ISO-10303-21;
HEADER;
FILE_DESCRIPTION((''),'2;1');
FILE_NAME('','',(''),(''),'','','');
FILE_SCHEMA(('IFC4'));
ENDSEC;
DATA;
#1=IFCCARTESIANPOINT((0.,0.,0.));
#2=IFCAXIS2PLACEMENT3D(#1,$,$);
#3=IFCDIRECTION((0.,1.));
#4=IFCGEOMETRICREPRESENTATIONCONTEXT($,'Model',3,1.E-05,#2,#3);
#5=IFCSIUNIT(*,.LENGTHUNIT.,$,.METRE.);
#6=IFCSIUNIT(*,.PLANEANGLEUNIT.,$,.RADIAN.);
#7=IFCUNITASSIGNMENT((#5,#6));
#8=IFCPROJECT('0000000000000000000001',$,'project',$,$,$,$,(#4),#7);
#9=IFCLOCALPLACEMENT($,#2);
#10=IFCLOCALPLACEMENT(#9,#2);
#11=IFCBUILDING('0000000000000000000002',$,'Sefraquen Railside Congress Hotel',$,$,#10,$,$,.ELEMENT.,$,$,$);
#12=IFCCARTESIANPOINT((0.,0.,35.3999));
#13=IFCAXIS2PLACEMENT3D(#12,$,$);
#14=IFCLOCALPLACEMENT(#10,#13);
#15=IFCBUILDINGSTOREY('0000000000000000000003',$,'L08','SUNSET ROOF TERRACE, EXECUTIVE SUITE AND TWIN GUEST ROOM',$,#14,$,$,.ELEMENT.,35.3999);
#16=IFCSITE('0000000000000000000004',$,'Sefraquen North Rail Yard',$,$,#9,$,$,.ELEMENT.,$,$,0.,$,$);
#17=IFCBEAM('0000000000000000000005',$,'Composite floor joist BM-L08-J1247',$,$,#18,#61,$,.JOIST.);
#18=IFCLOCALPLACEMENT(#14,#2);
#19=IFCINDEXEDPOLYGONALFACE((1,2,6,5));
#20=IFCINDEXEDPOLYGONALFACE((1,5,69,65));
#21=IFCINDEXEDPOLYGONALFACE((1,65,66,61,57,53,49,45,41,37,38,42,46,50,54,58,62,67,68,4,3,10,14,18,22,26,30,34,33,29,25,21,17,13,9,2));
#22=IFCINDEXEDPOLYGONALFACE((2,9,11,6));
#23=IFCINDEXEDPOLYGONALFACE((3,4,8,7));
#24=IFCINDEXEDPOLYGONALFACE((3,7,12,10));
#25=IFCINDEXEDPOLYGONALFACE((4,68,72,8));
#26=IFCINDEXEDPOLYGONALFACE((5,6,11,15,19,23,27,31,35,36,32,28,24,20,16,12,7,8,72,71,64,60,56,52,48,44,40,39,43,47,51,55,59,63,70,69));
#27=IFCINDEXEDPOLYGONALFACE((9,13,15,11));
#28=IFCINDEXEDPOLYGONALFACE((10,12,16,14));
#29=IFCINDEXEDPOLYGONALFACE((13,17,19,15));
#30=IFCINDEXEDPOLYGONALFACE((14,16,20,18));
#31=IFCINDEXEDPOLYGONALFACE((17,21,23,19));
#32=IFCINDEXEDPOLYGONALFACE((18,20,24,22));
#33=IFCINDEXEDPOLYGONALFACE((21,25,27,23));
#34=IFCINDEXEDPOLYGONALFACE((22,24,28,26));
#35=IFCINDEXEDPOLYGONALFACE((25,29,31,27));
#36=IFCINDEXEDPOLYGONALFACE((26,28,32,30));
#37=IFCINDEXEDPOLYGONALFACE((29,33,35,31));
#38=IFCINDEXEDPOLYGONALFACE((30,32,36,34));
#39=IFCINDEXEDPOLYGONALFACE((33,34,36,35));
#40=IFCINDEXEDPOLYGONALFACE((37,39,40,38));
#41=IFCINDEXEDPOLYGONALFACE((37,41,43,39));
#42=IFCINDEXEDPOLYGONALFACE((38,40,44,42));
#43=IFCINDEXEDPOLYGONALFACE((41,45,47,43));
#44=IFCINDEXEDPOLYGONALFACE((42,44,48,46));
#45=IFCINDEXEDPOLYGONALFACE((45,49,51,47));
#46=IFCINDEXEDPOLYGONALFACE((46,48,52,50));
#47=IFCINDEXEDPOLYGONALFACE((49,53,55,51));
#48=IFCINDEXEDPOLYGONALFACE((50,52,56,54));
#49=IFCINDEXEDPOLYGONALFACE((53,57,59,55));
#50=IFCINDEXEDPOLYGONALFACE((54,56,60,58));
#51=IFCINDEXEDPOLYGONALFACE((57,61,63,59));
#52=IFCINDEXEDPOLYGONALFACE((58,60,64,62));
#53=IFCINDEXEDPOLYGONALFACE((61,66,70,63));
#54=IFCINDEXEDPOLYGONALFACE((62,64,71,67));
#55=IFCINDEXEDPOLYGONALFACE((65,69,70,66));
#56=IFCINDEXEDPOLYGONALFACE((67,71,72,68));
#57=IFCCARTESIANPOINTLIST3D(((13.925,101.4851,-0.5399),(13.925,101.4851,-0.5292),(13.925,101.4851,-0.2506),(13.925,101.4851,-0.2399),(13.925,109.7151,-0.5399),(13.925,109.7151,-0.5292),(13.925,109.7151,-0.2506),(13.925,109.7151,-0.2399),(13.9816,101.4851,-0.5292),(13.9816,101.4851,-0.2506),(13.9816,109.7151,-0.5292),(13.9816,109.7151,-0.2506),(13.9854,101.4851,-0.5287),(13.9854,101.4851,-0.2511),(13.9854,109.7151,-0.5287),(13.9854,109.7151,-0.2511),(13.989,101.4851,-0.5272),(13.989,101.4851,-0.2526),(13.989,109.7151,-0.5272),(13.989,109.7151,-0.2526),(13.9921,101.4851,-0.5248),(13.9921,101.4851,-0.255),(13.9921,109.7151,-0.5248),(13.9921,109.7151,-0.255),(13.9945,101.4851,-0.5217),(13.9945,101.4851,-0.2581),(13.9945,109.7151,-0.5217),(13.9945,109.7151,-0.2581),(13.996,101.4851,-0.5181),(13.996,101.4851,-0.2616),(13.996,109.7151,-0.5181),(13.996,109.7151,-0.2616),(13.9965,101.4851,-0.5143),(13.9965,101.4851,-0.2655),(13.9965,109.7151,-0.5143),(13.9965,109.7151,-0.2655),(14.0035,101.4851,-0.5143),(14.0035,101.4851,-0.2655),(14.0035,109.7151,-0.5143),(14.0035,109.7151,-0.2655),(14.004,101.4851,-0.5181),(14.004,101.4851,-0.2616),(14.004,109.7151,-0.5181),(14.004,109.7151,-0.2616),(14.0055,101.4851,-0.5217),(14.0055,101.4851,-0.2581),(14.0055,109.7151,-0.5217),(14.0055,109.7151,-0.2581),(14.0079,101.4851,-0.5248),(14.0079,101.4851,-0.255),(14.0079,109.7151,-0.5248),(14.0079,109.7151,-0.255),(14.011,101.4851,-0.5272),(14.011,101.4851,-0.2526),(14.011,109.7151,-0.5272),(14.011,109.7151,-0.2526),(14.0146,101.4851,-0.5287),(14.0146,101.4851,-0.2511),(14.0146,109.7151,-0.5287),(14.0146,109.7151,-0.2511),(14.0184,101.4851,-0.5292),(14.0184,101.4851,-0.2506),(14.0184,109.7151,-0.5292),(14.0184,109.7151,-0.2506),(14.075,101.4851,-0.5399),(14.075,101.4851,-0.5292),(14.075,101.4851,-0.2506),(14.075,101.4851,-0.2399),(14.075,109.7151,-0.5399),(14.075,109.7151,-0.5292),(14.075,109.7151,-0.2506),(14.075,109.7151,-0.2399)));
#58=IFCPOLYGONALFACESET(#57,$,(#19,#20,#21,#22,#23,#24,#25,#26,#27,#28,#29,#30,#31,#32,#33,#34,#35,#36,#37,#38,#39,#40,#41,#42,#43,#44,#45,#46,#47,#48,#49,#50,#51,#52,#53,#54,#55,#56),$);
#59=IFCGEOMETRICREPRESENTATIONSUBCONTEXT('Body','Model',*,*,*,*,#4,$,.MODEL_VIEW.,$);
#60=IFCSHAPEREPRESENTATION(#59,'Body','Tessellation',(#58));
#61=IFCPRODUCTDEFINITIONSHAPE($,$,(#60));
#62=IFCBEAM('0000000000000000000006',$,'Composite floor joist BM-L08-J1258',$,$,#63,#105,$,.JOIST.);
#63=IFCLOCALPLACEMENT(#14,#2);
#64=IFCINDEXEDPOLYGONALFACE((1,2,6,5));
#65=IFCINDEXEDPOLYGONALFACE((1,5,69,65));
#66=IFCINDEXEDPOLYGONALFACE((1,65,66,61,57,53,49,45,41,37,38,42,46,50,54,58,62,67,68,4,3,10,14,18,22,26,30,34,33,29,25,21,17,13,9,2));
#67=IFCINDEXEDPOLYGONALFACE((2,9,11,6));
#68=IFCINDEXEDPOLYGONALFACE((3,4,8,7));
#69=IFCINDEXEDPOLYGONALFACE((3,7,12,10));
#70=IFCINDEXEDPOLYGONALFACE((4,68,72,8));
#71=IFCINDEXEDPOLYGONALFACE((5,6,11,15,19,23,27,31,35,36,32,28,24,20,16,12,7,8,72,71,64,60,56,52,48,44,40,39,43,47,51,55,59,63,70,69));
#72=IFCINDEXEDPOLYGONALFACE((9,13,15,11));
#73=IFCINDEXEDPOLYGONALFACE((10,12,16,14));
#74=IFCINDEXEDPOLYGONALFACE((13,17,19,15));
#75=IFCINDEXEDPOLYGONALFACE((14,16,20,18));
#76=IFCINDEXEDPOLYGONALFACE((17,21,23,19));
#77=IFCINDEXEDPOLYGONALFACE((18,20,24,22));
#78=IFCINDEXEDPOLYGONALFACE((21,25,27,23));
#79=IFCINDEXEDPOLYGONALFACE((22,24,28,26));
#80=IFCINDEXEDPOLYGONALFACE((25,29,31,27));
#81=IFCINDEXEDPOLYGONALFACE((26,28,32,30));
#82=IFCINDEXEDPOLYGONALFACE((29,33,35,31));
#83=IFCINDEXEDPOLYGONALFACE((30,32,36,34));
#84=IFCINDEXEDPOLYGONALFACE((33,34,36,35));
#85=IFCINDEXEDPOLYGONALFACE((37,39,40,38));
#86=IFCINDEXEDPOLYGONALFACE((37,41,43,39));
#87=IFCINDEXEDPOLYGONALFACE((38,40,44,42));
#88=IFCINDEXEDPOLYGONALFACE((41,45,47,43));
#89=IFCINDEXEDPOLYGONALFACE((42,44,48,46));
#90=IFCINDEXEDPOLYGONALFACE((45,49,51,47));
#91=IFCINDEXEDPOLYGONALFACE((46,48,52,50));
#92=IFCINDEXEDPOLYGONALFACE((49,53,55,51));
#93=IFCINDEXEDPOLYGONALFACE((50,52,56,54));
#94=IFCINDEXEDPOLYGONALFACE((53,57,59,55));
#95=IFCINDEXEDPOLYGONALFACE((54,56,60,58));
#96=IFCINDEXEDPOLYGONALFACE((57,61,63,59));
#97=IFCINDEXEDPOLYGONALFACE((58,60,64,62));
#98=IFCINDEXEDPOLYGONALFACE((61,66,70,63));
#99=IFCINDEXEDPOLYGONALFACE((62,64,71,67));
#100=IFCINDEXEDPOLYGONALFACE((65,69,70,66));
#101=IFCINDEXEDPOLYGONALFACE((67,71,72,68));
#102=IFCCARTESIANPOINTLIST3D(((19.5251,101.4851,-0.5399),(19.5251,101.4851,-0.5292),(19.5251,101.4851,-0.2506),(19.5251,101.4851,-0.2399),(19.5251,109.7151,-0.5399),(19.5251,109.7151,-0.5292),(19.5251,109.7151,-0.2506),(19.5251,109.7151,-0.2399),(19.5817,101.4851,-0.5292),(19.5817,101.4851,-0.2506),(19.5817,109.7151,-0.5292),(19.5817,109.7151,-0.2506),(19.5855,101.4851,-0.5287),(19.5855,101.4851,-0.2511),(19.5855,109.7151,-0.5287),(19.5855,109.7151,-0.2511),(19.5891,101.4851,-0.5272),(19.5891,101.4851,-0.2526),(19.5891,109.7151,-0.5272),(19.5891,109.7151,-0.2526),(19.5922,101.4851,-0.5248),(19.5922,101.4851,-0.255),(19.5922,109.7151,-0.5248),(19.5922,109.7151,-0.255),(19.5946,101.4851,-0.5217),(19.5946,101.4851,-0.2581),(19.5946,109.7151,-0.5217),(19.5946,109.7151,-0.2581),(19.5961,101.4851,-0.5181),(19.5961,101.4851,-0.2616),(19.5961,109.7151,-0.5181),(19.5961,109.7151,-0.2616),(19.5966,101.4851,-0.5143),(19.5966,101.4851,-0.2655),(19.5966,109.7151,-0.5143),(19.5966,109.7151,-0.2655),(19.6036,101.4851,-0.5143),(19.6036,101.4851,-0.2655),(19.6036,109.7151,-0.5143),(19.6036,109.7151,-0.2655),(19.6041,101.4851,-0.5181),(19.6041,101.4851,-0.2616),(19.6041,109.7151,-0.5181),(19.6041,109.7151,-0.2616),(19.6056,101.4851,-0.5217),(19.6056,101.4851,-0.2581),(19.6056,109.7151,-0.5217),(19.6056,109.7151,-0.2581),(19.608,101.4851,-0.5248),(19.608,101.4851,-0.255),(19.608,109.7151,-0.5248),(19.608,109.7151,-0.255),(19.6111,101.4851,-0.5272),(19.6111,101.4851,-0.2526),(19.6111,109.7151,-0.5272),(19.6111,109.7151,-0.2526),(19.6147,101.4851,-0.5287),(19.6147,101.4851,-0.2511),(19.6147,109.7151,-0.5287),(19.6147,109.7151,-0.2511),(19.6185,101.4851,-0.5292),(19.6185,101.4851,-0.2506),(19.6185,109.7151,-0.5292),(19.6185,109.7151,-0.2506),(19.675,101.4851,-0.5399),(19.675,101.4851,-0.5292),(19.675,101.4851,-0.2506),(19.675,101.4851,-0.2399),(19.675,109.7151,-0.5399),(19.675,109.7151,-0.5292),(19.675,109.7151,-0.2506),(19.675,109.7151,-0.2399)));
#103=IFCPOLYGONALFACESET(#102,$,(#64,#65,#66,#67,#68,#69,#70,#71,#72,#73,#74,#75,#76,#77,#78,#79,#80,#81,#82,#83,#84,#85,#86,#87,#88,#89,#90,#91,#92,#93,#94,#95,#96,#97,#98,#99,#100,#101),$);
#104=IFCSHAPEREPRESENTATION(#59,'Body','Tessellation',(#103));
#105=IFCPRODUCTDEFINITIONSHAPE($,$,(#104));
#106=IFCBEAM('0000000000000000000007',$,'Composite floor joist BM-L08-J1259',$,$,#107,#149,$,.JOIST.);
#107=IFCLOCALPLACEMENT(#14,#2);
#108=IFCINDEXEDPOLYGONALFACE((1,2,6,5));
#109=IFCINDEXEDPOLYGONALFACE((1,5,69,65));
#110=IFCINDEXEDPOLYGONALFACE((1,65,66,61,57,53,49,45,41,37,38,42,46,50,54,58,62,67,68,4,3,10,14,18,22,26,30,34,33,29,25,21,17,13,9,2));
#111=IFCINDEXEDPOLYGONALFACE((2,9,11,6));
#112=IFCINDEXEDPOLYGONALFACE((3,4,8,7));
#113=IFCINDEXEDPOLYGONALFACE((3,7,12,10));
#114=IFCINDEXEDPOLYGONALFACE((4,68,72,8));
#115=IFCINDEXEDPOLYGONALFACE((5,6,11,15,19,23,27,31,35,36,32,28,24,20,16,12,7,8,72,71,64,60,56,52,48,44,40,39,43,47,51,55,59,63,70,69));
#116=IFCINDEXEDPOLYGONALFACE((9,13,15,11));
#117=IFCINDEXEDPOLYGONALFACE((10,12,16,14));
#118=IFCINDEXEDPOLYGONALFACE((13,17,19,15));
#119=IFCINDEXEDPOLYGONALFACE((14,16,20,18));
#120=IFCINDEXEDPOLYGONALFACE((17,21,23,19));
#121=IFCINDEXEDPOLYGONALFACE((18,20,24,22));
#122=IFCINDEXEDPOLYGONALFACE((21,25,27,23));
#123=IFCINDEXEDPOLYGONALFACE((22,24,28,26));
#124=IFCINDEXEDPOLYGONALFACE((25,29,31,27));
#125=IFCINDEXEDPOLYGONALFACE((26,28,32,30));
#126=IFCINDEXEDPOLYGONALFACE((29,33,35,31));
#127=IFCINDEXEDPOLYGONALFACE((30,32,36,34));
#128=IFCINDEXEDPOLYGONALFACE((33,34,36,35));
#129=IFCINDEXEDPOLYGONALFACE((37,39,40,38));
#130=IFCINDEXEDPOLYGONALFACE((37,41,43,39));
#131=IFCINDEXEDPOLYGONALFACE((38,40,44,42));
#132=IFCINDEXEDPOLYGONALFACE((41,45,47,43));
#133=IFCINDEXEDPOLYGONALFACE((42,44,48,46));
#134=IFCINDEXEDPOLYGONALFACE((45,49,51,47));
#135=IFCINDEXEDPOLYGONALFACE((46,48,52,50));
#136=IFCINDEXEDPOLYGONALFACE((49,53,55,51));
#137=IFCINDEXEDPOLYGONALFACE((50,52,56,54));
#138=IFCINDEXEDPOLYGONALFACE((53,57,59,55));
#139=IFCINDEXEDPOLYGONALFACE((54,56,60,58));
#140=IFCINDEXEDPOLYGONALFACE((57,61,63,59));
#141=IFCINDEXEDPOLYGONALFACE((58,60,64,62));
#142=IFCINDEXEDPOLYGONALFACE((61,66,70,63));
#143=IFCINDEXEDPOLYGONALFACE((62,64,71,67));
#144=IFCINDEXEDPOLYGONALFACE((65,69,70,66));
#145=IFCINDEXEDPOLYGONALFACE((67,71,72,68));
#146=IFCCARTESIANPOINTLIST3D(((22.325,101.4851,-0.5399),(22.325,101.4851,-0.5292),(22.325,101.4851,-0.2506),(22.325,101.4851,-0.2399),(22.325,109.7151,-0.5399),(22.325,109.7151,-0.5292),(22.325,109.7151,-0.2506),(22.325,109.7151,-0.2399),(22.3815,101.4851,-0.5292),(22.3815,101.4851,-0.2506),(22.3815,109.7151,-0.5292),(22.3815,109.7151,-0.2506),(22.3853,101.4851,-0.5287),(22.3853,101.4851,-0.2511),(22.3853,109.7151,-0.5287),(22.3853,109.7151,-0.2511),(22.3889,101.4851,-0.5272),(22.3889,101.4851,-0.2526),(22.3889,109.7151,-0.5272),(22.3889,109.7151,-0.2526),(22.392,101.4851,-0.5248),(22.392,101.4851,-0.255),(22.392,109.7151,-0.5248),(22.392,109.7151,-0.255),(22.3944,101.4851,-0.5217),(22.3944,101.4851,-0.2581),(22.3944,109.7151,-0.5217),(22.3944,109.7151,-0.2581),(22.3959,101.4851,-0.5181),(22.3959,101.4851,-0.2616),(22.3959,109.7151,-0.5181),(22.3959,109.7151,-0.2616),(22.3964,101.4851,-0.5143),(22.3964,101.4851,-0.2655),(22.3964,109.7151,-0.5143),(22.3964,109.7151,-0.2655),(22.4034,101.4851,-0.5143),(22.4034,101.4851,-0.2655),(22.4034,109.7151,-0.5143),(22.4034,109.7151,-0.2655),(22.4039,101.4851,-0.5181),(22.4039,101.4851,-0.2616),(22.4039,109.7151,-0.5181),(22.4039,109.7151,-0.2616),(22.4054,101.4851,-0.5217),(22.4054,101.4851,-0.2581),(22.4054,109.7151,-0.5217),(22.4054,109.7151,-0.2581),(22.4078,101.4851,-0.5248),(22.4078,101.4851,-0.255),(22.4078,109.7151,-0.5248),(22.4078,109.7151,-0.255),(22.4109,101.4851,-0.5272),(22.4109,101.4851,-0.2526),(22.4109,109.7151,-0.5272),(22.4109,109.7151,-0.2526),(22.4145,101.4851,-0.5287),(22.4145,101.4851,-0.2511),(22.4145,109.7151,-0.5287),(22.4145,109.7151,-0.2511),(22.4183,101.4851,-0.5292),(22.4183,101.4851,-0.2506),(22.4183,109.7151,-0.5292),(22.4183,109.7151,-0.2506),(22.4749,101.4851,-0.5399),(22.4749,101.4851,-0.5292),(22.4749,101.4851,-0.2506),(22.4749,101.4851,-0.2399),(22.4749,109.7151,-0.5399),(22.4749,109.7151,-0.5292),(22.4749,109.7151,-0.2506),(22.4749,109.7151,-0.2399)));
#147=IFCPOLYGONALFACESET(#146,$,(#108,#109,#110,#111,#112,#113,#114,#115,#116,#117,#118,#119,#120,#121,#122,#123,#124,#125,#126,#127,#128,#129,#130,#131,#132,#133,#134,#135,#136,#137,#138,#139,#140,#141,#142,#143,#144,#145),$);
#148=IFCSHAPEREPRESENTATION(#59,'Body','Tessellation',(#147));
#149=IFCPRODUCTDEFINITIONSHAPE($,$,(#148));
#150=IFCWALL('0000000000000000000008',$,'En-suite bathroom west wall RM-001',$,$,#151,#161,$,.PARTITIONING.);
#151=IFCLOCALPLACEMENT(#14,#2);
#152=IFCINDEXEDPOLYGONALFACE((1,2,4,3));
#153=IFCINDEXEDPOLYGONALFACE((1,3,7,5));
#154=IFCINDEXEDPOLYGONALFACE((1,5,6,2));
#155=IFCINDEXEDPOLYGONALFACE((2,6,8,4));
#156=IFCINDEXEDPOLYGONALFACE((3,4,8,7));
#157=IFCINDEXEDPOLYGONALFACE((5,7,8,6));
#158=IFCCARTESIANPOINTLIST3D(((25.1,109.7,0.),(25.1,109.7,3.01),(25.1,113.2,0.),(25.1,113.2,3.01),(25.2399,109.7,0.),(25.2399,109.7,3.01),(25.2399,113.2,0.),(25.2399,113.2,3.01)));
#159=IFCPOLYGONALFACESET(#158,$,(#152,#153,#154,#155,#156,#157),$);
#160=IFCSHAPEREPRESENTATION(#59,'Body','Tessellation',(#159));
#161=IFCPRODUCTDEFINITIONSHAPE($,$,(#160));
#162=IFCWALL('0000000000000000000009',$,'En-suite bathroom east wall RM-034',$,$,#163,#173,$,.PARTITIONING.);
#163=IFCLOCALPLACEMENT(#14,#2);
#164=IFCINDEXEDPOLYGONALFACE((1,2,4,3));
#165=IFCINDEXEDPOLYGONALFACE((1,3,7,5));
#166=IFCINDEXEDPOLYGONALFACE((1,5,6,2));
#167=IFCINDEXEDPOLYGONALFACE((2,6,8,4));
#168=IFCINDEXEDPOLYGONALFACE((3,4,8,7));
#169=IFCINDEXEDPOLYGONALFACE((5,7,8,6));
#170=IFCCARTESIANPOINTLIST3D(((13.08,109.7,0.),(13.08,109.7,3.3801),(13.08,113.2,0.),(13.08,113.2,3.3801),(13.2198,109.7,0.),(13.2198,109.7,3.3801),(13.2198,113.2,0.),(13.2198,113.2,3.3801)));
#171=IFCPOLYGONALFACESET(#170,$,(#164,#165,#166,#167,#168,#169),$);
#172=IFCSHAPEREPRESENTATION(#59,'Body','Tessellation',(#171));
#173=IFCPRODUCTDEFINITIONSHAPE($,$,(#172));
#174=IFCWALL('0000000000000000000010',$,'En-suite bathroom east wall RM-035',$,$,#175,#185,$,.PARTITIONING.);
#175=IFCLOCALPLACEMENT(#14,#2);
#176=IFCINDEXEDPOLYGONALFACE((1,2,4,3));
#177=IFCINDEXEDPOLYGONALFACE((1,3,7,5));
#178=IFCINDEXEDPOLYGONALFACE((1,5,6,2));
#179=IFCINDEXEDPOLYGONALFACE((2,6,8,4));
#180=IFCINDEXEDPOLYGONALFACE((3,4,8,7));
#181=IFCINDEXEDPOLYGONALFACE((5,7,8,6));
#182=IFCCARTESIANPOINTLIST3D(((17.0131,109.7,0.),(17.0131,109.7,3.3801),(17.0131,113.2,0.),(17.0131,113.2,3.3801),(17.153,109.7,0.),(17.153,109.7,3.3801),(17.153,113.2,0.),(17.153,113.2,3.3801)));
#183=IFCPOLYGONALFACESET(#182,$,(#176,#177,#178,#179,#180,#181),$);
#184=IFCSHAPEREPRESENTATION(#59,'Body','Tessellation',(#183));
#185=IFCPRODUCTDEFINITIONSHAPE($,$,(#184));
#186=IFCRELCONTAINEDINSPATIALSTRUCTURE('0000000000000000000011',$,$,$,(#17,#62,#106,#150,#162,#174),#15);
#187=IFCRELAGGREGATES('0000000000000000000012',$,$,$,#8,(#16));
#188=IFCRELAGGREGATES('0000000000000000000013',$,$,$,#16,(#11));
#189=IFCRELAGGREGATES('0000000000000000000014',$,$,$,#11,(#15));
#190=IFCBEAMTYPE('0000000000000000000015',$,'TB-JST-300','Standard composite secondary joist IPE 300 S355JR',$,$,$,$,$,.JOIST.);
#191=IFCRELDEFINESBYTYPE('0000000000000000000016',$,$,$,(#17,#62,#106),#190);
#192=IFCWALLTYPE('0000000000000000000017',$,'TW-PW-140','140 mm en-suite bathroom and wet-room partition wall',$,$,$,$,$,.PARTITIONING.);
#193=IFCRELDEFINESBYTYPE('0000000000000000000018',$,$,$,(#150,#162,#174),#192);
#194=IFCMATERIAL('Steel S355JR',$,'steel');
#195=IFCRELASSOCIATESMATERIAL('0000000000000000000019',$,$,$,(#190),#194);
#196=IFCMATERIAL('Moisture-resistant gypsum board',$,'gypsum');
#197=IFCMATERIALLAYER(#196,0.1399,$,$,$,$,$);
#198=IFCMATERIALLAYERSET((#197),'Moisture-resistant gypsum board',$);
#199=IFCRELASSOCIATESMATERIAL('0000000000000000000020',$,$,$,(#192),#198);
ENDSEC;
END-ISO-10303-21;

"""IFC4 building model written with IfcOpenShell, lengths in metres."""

from ifc_helpers import new_model, si_unit, direction, frame, frame_2d, origin, origin_2d, place, context, subcontext, project, spatial, rectangle, i_section, extrude, material, layer, layer_set, material_profile, profile_set, type_object, element, save


model = new_model("IFC4")

# Units and contexts
model_context = context("Model", 3, precision=1e-05, world=origin(), true_north=direction((0.0, 1.0)))
body_context = subcontext(model_context, "Body", "Model", "MODEL_VIEW")
ifc_project = project(units=[si_unit("LENGTHUNIT", "METRE"), si_unit("PLANEANGLEUNIT", "RADIAN")], contexts=[model_context])

# Site, building, storey
site_placement = place(None, origin())
site = spatial("IfcSite", under=ifc_project, at=site_placement, Name="Sefraquen North Rail Yard", CompositionType="ELEMENT", RefElevation=0.0)
building_placement = place(site_placement, origin())
building = spatial("IfcBuilding", under=site, at=building_placement, Name="Sefraquen Railside Congress Hotel", CompositionType="ELEMENT")
storey_placement = place(building_placement, frame((0.0, 0.0, 35.3999)))
storey = spatial("IfcBuildingStorey", under=building, at=storey_placement, Name="L08", Description="SUNSET ROOF TERRACE, EXECUTIVE SUITE AND TWIN GUEST ROOM", CompositionType="ELEMENT", Elevation=35.3999)

# Shared definitions
ifc_material_1 = material(Name="Steel S355JR", Category="steel")

# Beams
ifc_material_profile_1 = material_profile(ifc_material_1, i_section(OverallWidth=0.1499, OverallDepth=0.3, WebThickness=0.0071, FlangeThickness=0.0107, FilletRadius=0.0149, at=origin_2d()), Name="IPE 300")
ifc_profile_set_1 = profile_set([ifc_material_profile_1], Name="Steel S355JR")
beam_type_1 = type_object("IfcBeamType", Name="TB-JST-300", Description="Standard composite secondary joist IPE 300 S355JR", PredefinedType="JOIST", material=ifc_profile_set_1)
for number, where, z_axis, x_axis, name in (
    (1, (14.0, 101.4851, -0.3899), (0.0, 1.0, 0.0), (-1.0, 0.0, 0.0), "Composite floor joist BM-L08-J1247"),
    (2, (19.6001, 101.4851, -0.3899), (0.0, 1.0, 0.0), (-1.0, 0.0, 0.0), "Composite floor joist BM-L08-J1258"),
    (3, (22.3999, 101.4851, -0.3899), (0.0, 1.0, 0.0), (-1.0, 0.0, 0.0), "Composite floor joist BM-L08-J1259"),
):
    element("IfcBeam", number, at=place(storey_placement, frame(where, z_axis=z_axis, x_axis=x_axis)), inside=storey, type_object=beam_type_1, Name=name, PredefinedType="JOIST", context=body_context, shape_type="SweptSolid", body=[
        extrude(i_section(OverallWidth=0.1499, OverallDepth=0.3, WebThickness=0.0071, FlangeThickness=0.0107, FilletRadius=0.0149, at=origin_2d()), origin(), (0.0, 0.0, 1.0), 8.23),
    ])

# Wall
ifc_material_2 = material(Name="Moisture-resistant gypsum board", Category="gypsum")
ifc_layer_1 = layer(ifc_material_2, 0.1399)
ifc_layer_set_1 = layer_set([ifc_layer_1], Name="Moisture-resistant gypsum board")
wall_type_1 = type_object("IfcWallType", Name="TW-PW-140", Description="140 mm en-suite bathroom and wet-room partition wall", PredefinedType="PARTITIONING", material=ifc_layer_set_1)
wall_1_placement = place(storey_placement, frame((25.1699, 109.7, 0.0), z_axis=(0.0, 0.0, 1.0), x_axis=(0.0, 1.0, 0.0)))
element("IfcWall", 4, at=wall_1_placement, inside=storey, type_object=wall_type_1, Name="En-suite bathroom west wall RM-001", PredefinedType="PARTITIONING", context=body_context, shape_type="SweptSolid", body=[
    extrude(rectangle(XDim=3.5, YDim=0.1399, at=frame_2d((1.75, 0.0))), origin(), (0.0, 0.0, 1.0), 3.01),
])

# Walls
for number, where, z_axis, x_axis, name in (
    (5, (13.1499, 109.7, 0.0), (0.0, 0.0, 1.0), (0.0, 1.0, 0.0), "En-suite bathroom east wall RM-034"),
    (6, (17.083, 109.7, 0.0), (0.0, 0.0, 1.0), (0.0, 1.0, 0.0), "En-suite bathroom east wall RM-035"),
):
    element("IfcWall", number, at=place(storey_placement, frame(where, z_axis=z_axis, x_axis=x_axis)), inside=storey, type_object=wall_type_1, Name=name, PredefinedType="PARTITIONING", context=body_context, shape_type="SweptSolid", body=[
        extrude(rectangle(XDim=3.5, YDim=0.1399, at=frame_2d((1.75, 0.0))), origin(), (0.0, 0.0, 1.0), 3.3801),
    ])

save(model, "model.ifc")
